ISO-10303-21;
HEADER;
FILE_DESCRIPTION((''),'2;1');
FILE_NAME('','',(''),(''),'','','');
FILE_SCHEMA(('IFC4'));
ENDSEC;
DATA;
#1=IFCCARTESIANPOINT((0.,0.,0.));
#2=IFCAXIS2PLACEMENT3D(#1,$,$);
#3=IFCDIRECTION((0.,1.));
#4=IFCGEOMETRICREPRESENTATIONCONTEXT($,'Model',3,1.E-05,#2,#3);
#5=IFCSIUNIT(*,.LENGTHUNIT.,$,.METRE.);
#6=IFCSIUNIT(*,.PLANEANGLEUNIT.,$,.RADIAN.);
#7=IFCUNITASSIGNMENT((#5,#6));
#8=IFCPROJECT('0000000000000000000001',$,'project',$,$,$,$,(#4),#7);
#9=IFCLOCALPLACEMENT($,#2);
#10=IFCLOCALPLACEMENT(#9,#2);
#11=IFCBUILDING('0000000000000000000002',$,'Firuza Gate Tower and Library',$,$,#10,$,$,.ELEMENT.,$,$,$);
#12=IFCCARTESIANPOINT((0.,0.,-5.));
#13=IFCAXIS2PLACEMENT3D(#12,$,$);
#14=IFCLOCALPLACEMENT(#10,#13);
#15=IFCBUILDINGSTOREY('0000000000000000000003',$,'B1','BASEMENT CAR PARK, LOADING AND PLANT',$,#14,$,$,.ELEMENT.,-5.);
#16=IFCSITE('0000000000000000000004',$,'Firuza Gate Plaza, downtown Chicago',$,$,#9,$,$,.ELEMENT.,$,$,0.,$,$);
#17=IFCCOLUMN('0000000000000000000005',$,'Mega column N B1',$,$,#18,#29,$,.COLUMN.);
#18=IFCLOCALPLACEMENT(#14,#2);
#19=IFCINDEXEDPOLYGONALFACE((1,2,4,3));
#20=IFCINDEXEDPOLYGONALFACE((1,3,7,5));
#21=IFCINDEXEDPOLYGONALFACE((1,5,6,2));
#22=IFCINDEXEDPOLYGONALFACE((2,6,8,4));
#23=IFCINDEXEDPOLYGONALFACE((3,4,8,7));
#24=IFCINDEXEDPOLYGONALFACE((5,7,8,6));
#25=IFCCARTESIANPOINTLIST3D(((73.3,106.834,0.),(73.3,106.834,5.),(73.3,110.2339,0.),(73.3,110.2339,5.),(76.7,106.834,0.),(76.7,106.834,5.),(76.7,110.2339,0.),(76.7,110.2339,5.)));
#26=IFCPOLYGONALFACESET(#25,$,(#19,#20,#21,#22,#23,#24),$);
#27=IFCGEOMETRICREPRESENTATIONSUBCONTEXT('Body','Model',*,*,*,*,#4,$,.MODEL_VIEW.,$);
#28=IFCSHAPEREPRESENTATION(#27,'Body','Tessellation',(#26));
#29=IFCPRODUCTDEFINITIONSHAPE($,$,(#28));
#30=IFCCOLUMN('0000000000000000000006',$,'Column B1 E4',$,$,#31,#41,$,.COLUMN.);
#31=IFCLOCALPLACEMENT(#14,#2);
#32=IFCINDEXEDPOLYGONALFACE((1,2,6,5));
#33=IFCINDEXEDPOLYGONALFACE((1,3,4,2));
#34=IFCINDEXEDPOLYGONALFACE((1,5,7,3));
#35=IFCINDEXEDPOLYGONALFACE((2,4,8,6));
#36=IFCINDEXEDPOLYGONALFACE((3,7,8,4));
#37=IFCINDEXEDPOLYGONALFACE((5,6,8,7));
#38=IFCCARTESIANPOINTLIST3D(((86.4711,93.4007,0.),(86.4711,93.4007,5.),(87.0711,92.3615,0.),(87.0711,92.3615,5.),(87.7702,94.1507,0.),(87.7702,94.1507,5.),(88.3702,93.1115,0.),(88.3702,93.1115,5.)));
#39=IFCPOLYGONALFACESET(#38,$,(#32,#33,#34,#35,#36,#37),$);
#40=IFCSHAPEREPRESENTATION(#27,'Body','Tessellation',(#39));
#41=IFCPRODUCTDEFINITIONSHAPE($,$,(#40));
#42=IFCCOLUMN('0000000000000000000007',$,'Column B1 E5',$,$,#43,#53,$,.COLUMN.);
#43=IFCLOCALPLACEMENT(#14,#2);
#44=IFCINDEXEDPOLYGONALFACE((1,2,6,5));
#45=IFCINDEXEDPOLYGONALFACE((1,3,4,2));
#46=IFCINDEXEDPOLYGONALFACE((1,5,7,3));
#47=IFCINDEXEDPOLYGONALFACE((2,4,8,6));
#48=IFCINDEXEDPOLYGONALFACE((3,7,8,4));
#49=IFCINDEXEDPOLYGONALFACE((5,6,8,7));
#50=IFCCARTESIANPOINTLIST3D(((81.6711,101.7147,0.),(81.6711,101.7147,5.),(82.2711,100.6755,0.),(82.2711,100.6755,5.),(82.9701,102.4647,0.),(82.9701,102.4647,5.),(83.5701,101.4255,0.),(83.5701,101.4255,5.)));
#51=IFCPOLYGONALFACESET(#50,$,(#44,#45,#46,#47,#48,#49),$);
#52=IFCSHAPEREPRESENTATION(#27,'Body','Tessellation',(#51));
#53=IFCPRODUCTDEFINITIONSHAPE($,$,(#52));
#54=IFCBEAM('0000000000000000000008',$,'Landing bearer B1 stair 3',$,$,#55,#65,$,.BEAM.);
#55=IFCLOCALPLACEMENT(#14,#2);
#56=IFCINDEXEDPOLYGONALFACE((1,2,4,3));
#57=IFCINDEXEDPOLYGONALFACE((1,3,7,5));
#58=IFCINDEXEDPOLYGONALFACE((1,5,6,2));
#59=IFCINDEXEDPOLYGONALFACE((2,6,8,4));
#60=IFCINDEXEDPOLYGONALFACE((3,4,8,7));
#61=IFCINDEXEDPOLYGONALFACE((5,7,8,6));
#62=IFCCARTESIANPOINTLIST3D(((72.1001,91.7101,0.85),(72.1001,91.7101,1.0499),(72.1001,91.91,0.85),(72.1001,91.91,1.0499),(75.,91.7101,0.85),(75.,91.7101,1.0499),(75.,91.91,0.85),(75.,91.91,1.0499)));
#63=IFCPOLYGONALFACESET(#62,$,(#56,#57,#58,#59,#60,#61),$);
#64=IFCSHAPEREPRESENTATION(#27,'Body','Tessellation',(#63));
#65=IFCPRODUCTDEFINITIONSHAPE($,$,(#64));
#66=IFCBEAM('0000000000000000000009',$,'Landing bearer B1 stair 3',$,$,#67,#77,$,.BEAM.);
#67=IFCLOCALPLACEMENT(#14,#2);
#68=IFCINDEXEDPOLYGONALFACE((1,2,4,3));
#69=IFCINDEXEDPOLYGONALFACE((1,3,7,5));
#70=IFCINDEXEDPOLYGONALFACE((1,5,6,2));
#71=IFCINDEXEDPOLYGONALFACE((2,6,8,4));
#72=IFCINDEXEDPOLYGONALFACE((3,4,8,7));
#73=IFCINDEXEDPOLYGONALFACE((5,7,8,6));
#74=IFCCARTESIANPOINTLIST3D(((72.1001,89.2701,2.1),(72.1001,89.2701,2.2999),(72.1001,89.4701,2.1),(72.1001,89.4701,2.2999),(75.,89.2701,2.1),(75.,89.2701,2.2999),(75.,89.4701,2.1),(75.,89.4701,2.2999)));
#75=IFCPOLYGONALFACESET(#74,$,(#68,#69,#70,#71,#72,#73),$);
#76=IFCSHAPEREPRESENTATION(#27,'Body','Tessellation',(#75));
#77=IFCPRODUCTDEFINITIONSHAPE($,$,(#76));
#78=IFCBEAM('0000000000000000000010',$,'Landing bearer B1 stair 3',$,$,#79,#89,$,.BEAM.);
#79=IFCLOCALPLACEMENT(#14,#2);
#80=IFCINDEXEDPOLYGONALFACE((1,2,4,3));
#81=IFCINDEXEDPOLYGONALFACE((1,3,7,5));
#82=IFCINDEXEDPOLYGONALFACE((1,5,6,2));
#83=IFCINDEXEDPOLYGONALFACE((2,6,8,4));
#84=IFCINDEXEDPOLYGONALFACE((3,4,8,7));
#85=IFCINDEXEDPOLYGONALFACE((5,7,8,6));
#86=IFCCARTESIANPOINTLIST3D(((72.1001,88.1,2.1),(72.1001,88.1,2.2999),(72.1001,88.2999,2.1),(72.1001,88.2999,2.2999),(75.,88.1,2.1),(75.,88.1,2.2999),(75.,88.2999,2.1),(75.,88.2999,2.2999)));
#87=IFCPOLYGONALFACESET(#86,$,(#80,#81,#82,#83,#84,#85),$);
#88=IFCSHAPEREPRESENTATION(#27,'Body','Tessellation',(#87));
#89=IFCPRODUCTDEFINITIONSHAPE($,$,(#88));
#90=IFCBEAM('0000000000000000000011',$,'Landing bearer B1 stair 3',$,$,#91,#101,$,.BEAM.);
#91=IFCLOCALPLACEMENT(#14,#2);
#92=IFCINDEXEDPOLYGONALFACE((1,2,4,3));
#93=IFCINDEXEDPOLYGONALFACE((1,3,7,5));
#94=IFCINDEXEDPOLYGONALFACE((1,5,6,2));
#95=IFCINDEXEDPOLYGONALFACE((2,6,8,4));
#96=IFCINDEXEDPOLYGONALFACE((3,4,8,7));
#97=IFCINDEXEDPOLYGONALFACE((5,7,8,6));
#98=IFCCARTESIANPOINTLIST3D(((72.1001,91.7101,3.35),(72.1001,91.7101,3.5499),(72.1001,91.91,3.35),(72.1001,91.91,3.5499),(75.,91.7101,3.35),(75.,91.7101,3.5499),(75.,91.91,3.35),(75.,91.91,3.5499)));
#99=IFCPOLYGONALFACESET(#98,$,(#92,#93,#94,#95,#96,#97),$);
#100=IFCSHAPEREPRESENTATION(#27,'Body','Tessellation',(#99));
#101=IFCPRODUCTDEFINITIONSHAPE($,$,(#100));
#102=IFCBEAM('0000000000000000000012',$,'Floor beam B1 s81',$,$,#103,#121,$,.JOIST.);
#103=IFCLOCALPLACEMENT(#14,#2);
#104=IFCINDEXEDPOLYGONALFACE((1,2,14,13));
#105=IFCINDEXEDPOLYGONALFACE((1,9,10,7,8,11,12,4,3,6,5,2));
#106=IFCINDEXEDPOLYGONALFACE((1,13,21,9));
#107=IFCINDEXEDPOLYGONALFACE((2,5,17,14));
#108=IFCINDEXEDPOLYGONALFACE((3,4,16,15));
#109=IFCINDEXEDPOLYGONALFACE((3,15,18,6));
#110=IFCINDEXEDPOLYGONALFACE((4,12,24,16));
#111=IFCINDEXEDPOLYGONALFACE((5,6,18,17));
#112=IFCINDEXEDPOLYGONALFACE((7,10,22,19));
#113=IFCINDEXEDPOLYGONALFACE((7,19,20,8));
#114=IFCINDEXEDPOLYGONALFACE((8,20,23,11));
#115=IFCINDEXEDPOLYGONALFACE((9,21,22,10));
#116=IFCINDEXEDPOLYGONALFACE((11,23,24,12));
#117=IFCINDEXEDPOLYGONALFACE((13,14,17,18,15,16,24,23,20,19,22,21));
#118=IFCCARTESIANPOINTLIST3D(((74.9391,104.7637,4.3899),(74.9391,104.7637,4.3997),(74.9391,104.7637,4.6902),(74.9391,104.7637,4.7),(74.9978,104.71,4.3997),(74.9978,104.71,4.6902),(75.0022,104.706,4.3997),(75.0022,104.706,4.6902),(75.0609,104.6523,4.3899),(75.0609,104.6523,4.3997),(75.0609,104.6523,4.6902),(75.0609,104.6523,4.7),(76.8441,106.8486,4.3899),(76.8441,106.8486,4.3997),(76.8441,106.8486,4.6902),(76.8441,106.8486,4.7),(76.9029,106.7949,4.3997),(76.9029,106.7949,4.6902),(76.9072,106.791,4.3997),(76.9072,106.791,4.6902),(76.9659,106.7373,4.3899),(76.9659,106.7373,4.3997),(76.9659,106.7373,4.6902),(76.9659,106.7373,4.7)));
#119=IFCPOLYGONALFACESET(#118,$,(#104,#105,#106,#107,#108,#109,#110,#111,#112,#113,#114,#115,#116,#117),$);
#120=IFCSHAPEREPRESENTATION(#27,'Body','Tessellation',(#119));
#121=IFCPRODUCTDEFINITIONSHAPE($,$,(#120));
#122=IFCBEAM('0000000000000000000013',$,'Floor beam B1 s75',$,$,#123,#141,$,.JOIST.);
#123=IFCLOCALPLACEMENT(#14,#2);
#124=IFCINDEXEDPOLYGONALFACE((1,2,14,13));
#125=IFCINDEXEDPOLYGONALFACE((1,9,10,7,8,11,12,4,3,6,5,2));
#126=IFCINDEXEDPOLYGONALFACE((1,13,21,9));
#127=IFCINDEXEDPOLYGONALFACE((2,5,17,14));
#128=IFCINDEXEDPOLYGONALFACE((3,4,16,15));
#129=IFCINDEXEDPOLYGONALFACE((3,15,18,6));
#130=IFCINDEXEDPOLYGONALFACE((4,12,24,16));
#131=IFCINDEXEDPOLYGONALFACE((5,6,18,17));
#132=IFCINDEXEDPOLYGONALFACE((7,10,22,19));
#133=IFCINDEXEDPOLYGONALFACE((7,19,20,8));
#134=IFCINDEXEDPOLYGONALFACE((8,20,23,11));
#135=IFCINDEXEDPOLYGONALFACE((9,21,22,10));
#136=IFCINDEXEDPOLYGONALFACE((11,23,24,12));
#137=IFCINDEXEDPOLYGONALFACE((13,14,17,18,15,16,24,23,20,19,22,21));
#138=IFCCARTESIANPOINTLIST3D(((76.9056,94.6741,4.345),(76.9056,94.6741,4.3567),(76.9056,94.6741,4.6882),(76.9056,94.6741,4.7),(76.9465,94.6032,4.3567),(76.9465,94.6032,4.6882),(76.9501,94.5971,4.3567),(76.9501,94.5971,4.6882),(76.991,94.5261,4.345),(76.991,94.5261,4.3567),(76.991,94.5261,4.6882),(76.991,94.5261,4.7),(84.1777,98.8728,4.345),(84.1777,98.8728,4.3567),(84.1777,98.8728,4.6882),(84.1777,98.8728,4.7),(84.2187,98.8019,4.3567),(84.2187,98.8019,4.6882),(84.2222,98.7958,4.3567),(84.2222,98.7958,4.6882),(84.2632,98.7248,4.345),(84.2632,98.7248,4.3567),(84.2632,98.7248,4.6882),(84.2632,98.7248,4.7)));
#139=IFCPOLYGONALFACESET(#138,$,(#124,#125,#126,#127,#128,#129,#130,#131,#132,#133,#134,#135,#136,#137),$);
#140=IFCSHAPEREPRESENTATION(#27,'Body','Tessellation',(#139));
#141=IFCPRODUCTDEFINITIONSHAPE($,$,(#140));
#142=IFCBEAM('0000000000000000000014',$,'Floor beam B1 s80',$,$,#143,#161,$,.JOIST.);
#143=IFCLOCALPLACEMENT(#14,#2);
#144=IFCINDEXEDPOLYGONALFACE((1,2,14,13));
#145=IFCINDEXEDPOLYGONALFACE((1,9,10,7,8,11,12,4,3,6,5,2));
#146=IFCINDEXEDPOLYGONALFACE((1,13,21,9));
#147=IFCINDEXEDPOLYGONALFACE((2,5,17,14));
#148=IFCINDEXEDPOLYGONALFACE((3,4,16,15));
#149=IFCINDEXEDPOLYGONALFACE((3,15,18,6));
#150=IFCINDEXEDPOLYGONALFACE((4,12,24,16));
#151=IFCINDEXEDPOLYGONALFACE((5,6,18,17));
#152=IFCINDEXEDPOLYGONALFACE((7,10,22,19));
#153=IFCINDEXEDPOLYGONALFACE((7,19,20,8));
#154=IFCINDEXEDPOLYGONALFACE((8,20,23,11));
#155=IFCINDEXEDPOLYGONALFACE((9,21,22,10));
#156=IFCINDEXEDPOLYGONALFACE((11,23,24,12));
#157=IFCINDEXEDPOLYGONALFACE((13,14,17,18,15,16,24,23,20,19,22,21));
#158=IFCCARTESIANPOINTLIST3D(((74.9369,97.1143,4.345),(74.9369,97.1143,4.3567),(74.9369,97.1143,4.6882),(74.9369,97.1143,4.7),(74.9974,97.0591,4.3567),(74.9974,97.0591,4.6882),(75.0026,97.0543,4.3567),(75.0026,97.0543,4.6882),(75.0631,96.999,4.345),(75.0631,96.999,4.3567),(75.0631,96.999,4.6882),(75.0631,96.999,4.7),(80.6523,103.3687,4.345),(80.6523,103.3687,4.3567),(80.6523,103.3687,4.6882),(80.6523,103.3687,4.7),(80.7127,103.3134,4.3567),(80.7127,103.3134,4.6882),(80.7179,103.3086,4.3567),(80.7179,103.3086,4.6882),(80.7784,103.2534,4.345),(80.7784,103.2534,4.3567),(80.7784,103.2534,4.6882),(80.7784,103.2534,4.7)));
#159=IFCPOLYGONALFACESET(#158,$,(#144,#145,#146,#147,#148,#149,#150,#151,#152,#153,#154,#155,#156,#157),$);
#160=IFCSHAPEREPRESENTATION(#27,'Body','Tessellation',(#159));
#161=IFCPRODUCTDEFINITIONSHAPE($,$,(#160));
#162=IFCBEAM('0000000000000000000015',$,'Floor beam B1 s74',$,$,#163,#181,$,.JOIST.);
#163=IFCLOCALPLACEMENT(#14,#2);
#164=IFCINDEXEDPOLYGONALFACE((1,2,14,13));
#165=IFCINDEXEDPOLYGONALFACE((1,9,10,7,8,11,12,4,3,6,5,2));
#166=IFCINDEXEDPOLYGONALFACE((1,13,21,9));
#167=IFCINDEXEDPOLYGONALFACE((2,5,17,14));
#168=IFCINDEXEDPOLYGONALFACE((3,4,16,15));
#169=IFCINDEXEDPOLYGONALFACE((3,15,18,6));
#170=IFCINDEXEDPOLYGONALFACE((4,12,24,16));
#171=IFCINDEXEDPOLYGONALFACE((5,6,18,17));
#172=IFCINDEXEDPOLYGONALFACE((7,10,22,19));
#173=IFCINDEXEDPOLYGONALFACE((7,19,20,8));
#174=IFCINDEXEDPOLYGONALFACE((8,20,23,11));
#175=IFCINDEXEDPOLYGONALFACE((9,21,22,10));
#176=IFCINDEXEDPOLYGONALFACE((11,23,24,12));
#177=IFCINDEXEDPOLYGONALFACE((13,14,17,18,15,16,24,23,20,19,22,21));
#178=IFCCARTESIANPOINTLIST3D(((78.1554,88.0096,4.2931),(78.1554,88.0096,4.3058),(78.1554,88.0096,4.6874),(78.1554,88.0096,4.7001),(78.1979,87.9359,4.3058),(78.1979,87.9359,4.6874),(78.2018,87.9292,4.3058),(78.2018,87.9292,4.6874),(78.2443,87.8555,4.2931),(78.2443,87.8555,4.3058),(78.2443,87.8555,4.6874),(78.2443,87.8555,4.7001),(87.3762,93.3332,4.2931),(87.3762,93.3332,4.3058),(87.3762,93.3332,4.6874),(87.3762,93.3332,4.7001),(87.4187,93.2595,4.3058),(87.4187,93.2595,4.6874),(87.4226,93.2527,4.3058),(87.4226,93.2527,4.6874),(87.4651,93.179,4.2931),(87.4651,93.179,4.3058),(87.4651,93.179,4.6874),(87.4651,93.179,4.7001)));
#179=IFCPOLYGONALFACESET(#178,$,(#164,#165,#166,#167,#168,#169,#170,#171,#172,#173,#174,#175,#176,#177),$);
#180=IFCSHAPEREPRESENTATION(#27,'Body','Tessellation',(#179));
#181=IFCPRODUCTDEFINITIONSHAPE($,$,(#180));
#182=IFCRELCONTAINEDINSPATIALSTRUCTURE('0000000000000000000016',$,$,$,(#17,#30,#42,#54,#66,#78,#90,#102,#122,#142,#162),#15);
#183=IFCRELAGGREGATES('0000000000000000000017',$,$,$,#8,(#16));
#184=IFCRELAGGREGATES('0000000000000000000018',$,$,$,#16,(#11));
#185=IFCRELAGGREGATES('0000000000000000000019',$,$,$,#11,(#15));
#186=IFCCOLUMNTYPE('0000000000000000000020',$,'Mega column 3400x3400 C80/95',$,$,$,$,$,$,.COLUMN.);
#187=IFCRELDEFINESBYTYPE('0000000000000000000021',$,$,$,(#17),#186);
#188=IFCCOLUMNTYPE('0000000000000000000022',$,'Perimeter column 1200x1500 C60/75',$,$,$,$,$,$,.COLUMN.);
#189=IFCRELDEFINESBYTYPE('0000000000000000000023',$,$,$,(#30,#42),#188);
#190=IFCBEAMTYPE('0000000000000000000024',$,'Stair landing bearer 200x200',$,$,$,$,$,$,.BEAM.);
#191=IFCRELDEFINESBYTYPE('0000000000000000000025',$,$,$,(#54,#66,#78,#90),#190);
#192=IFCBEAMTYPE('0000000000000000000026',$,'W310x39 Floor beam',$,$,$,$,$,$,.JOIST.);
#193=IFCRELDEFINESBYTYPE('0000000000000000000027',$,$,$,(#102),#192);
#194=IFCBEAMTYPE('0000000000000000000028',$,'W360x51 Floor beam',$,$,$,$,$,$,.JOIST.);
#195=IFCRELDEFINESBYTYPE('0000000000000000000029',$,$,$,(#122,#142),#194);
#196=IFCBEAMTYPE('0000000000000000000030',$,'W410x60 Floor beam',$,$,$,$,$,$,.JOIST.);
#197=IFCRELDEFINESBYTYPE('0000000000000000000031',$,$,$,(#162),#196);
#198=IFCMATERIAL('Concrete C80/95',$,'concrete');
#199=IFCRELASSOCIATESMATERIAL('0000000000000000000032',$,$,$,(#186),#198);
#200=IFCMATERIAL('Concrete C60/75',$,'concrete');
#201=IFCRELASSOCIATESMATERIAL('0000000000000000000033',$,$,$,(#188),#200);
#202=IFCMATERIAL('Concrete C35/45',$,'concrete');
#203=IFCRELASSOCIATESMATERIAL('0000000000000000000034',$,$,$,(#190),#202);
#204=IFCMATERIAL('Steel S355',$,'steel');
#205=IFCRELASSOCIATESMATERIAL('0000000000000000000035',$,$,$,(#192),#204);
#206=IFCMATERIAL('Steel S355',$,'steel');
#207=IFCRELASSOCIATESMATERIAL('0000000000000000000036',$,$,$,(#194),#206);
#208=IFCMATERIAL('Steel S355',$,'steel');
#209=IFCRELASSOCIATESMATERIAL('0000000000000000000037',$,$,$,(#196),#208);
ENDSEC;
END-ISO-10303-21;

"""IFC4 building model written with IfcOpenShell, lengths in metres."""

from ifc_helpers import new_model, si_unit, direction, frame, origin, origin_2d, place, context, subcontext, project, spatial, rectangle, i_section, extrude, material, material_profile, profile_set, type_object, element, save


model = new_model("IFC4")

# Units and contexts
model_context = context("Model", 3, precision=1e-05, world=origin(), true_north=direction((0.0, 1.0)))
body_context = subcontext(model_context, "Body", "Model", "MODEL_VIEW")
ifc_project = project(units=[si_unit("LENGTHUNIT", "METRE"), si_unit("PLANEANGLEUNIT", "RADIAN")], contexts=[model_context])

# Site, building, storey
site_placement = place(None, origin())
site = spatial("IfcSite", under=ifc_project, at=site_placement, Name="Firuza Gate Plaza, downtown Chicago", CompositionType="ELEMENT", RefElevation=0.0)
building_placement = place(site_placement, origin())
building = spatial("IfcBuilding", under=site, at=building_placement, Name="Firuza Gate Tower and Library", CompositionType="ELEMENT")
storey_placement = place(building_placement, frame((0.0, 0.0, -5.0)))
storey = spatial("IfcBuildingStorey", under=building, at=storey_placement, Name="B1", Description="BASEMENT CAR PARK, LOADING AND PLANT", CompositionType="ELEMENT", Elevation=-5.0)

# Columns
ifc_material_1 = material(Name="Concrete C80/95", Category="concrete")
ifc_material_profile_1 = material_profile(ifc_material_1, rectangle(XDim=3.3999, YDim=3.3999, at=origin_2d()))
ifc_profile_set_1 = profile_set([ifc_material_profile_1], Name="Concrete C80/95")
column_type_1 = type_object("IfcColumnType", Name="Mega column 3400x3400 C80/95", PredefinedType="COLUMN", material=ifc_profile_set_1)
column_placement = place(storey_placement, frame((75.0, 108.5339, 0.0), z_axis=(0.0, 0.0, 1.0), x_axis=(-1.0, 0.0, 0.0)))
element("IfcColumn", 1, at=column_placement, inside=storey, type_object=column_type_1, Name="Mega column N B1", PredefinedType="COLUMN", context=body_context, shape_type="SweptSolid", body=[
    extrude(rectangle(XDim=3.3999, YDim=3.3999, at=origin_2d()), origin(), (0.0, 0.0, 1.0), 5.0),
])
ifc_material_2 = material(Name="Concrete C60/75", Category="concrete")
ifc_material_profile_2 = material_profile(ifc_material_2, rectangle(XDim=1.2, YDim=1.5, at=origin_2d()))
ifc_profile_set_2 = profile_set([ifc_material_profile_2], Name="Concrete C60/75")
column_type_2 = type_object("IfcColumnType", Name="Perimeter column 1200x1500 C60/75", PredefinedType="COLUMN", material=ifc_profile_set_2)
for number, where, z_axis, x_axis, name in (
    (2, (87.4207, 93.2561, 0.0), (0.0, 0.0, 1.0), (-0.5, 0.866025, 0.0), "Column B1 E4"),
    (3, (82.6206, 101.5701, 0.0), (0.0, 0.0, 1.0), (-0.5, 0.866025, 0.0), "Column B1 E5"),
):
    element("IfcColumn", number, at=place(storey_placement, frame(where, z_axis=z_axis, x_axis=x_axis)), inside=storey, type_object=column_type_2, Name=name, PredefinedType="COLUMN", context=body_context, shape_type="SweptSolid", body=[
        extrude(rectangle(XDim=1.2, YDim=1.5, at=origin_2d()), origin(), (0.0, 0.0, 1.0), 5.0),
    ])

# Beams
ifc_material_3 = material(Name="Concrete C35/45", Category="concrete")
ifc_material_profile_3 = material_profile(ifc_material_3, rectangle(XDim=0.2, YDim=0.2, at=origin_2d()))
ifc_profile_set_3 = profile_set([ifc_material_profile_3], Name="Concrete C35/45")
beam_type_1 = type_object("IfcBeamType", Name="Stair landing bearer 200x200", PredefinedType="BEAM", material=ifc_profile_set_3)
for number, where, z_axis, x_axis, name in (
    (4, (75.0, 91.8101, 0.95), (-1.0, 0.0, 0.0), (0.0, -1.0, 0.0), "Landing bearer B1 stair 3"),
    (5, (75.0, 89.3701, 2.2), (-1.0, 0.0, 0.0), (0.0, -1.0, 0.0), "Landing bearer B1 stair 3"),
    (6, (75.0, 88.2, 2.2), (-1.0, 0.0, 0.0), (0.0, -1.0, 0.0), "Landing bearer B1 stair 3"),
    (7, (75.0, 91.8101, 3.45), (-1.0, 0.0, 0.0), (0.0, -1.0, 0.0), "Landing bearer B1 stair 3"),
):
    element("IfcBeam", number, at=place(storey_placement, frame(where, z_axis=z_axis, x_axis=x_axis)), inside=storey, type_object=beam_type_1, Name=name, PredefinedType="BEAM", context=body_context, shape_type="SweptSolid", body=[
        extrude(rectangle(XDim=0.2, YDim=0.2, at=origin_2d()), origin(), (0.0, 0.0, 1.0), 2.8999),
    ])
ifc_material_4 = material(Name="Steel S355", Category="steel")
ifc_material_profile_4 = material_profile(ifc_material_4, i_section(OverallWidth=0.165, OverallDepth=0.3101, WebThickness=0.0059, FlangeThickness=0.0098, at=origin_2d()))
ifc_profile_set_4 = profile_set([ifc_material_profile_4], Name="Steel S355")
beam_type_2 = type_object("IfcBeamType", Name="W310x39 Floor beam", PredefinedType="JOIST", material=ifc_profile_set_4)
beam_1_placement = place(storey_placement, frame((76.905, 106.793, 4.5449), z_axis=(-0.674534, -0.738244, 0.0), x_axis=(0.738244, -0.674534, 0.0)))
element("IfcBeam", 8, at=beam_1_placement, inside=storey, type_object=beam_type_2, Name="Floor beam B1 s81", PredefinedType="JOIST", context=body_context, shape_type="SweptSolid", body=[
    extrude(i_section(OverallWidth=0.165, OverallDepth=0.3101, WebThickness=0.0059, FlangeThickness=0.0098, at=origin_2d()), origin(), (0.0, 0.0, 1.0), 2.8242),
])
ifc_material_5 = material(Name="Steel S355", Category="steel")
ifc_material_profile_5 = material_profile(ifc_material_5, i_section(OverallWidth=0.1709, OverallDepth=0.355, WebThickness=0.0071, FlangeThickness=0.0117, at=origin_2d()))
ifc_profile_set_5 = profile_set([ifc_material_profile_5], Name="Steel S355")
beam_type_3 = type_object("IfcBeamType", Name="W360x51 Floor beam", PredefinedType="JOIST", material=ifc_profile_set_5)
beam_2_placement = place(storey_placement, frame((84.2205, 98.7988, 4.5225), z_axis=(-0.86602, -0.50001, 0.0), x_axis=(0.50001, -0.86602, 0.0)))
element("IfcBeam", 9, at=beam_2_placement, inside=storey, type_object=beam_type_3, Name="Floor beam B1 s75", PredefinedType="JOIST", context=body_context, shape_type="SweptSolid", body=[
    extrude(i_section(OverallWidth=0.1709, OverallDepth=0.355, WebThickness=0.0071, FlangeThickness=0.0117, at=origin_2d()), origin(), (0.0, 0.0, 1.0), 8.3972),
])
beam_3_placement = place(storey_placement, frame((80.7153, 103.311, 4.5225), z_axis=(-0.674578, -0.738203, 0.0), x_axis=(0.738203, -0.674578, 0.0)))
element("IfcBeam", 10, at=beam_3_placement, inside=storey, type_object=beam_type_3, Name="Floor beam B1 s80", PredefinedType="JOIST", context=body_context, shape_type="SweptSolid", body=[
    extrude(i_section(OverallWidth=0.1709, OverallDepth=0.355, WebThickness=0.0071, FlangeThickness=0.0117, at=origin_2d()), origin(), (0.0, 0.0, 1.0), 8.4724),
])
ifc_material_6 = material(Name="Steel S355", Category="steel")
ifc_material_profile_6 = material_profile(ifc_material_6, i_section(OverallWidth=0.178, OverallDepth=0.407, WebThickness=0.0078, FlangeThickness=0.0127, at=origin_2d()))
ifc_profile_set_6 = profile_set([ifc_material_profile_6], Name="Steel S355")
beam_type_4 = type_object("IfcBeamType", Name="W410x60 Floor beam", PredefinedType="JOIST", material=ifc_profile_set_6)
beam_4_placement = place(storey_placement, frame((87.4207, 93.2561, 4.4966), z_axis=(-0.866029, -0.499994, 0.0), x_axis=(0.499994, -0.866029, 0.0)))
element("IfcBeam", 11, at=beam_4_placement, inside=storey, type_object=beam_type_4, Name="Floor beam B1 s74", PredefinedType="JOIST", context=body_context, shape_type="SweptSolid", body=[
    extrude(i_section(OverallWidth=0.178, OverallDepth=0.407, WebThickness=0.0078, FlangeThickness=0.0127, at=origin_2d()), origin(), (0.0, 0.0, 1.0), 10.6472),
])

save(model, "model.ifc")
